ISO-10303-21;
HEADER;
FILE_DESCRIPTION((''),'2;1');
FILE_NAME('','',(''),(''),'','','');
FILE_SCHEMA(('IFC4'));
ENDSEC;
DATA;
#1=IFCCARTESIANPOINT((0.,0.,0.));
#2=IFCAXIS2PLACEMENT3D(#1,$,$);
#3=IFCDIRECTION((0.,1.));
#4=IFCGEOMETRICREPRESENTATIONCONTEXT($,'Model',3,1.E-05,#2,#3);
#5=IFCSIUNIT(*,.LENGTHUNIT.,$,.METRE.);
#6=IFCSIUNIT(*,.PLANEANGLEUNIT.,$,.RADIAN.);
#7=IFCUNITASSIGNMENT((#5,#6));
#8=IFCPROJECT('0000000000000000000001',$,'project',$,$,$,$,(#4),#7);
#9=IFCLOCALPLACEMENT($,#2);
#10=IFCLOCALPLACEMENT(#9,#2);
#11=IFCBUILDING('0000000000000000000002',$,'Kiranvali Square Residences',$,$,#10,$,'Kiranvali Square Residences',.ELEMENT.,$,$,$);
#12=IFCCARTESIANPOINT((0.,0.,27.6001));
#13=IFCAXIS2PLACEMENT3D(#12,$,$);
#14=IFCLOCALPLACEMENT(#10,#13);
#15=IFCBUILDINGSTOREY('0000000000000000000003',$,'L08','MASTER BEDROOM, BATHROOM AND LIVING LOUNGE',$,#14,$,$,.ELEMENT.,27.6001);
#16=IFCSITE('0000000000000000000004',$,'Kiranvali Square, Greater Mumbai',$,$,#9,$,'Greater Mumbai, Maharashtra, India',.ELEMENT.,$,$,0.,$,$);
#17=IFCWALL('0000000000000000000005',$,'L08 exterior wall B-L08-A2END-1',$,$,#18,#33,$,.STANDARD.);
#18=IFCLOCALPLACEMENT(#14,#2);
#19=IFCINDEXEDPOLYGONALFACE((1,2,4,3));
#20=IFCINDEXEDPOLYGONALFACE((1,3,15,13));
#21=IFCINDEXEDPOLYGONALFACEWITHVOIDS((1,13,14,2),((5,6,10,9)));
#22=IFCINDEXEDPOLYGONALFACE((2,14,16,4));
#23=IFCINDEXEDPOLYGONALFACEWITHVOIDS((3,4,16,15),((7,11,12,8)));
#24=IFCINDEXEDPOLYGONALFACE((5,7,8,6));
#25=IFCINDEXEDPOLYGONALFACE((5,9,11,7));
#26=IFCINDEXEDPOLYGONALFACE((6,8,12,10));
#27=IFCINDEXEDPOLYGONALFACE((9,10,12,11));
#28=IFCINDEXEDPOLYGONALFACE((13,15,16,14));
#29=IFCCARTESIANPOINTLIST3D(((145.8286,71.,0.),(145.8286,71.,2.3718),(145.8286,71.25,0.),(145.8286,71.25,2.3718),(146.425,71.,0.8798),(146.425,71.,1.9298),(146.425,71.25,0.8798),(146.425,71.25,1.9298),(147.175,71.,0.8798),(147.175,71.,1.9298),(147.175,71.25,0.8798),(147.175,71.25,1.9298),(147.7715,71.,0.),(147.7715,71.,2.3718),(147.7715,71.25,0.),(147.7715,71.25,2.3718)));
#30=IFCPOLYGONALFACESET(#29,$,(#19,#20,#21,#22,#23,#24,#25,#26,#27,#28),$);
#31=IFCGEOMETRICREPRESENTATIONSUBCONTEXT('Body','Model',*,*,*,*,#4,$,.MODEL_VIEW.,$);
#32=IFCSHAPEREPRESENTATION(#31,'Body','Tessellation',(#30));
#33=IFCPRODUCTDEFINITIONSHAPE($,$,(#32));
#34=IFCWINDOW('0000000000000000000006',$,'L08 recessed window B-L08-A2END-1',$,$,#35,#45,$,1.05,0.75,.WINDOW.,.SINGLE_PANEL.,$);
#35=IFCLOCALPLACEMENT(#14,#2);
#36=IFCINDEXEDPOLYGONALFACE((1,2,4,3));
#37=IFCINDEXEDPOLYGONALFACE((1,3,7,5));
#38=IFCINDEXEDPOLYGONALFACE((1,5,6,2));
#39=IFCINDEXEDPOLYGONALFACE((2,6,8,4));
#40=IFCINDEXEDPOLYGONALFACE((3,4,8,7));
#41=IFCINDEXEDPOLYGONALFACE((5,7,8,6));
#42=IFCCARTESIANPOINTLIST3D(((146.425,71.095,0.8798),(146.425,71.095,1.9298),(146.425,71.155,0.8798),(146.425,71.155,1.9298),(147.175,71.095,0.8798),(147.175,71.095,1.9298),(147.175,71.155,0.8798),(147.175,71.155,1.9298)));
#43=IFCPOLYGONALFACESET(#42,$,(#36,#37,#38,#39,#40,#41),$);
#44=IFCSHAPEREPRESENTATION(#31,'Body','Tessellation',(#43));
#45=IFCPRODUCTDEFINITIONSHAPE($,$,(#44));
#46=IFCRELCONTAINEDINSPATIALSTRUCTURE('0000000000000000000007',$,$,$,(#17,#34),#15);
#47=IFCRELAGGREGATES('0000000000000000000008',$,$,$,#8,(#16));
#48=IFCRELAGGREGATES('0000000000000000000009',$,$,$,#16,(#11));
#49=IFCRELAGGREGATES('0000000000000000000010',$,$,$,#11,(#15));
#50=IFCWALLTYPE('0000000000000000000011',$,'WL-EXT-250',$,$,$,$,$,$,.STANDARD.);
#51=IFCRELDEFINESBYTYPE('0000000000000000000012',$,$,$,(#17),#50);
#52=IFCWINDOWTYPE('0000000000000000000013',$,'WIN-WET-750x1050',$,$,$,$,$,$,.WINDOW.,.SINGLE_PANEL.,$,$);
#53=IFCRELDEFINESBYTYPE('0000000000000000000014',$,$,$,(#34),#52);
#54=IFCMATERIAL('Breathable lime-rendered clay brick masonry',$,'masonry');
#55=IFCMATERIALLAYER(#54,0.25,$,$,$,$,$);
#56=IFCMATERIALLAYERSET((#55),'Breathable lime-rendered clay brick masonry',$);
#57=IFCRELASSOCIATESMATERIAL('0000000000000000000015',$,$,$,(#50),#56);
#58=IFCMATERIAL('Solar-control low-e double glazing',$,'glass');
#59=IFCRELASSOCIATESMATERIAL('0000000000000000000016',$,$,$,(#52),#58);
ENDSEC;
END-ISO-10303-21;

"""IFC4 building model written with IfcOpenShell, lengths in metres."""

from ifc_helpers import new_model, si_unit, direction, frame, frame_2d, origin, place, context, subcontext, project, spatial, rectangle, extrude, material, layer, layer_set, type_object, element, fill, save


model = new_model("IFC4")

# Units and contexts
model_context = context("Model", 3, precision=1e-05, world=origin(), true_north=direction((0.0, 1.0)))
body_context = subcontext(model_context, "Body", "Model", "MODEL_VIEW")
ifc_project = project(units=[si_unit("LENGTHUNIT", "METRE"), si_unit("PLANEANGLEUNIT", "RADIAN")], contexts=[model_context])

# Site, building, storey
site_placement = place(None, origin())
site = spatial("IfcSite", under=ifc_project, at=site_placement, Name="Kiranvali Square, Greater Mumbai", LongName="Greater Mumbai, Maharashtra, India", CompositionType="ELEMENT", RefElevation=0.0)
building_placement = place(site_placement, origin())
building = spatial("IfcBuilding", under=site, at=building_placement, Name="Kiranvali Square Residences", LongName="Kiranvali Square Residences", CompositionType="ELEMENT")
storey_placement = place(building_placement, frame((0.0, 0.0, 27.6001)))
storey = spatial("IfcBuildingStorey", under=building, at=storey_placement, Name="L08", Description="MASTER BEDROOM, BATHROOM AND LIVING LOUNGE", CompositionType="ELEMENT", Elevation=27.6001)

# Wall, opening, window
ifc_material_1 = material(Name="Breathable lime-rendered clay brick masonry", Category="masonry")
ifc_layer_1 = layer(ifc_material_1, 0.25)
ifc_layer_set_1 = layer_set([ifc_layer_1], Name="Breathable lime-rendered clay brick masonry")
wall_type_1 = type_object("IfcWallType", Name="WL-EXT-250", PredefinedType="STANDARD", material=ifc_layer_set_1)
wall_1_placement = place(storey_placement, frame((145.8286, 71.125, 0.0), z_axis=(0.0, 0.0, 1.0), x_axis=(1.0, 0.0, 0.0)))
wall_1 = element("IfcWall", 1, at=wall_1_placement, inside=storey, type_object=wall_type_1, Name="L08 exterior wall B-L08-A2END-1", PredefinedType="STANDARD", context=body_context, shape_type="SweptSolid", body=[
    extrude(rectangle(XDim=1.9429, YDim=0.25, at=frame_2d((0.9714, 0.0))), origin(), (0.0, 0.0, 1.0), 2.3718),
])
opening_1_placement = place(wall_1_placement, frame((0.5964, 0.0, 0.8799)))
opening_1 = element("IfcOpeningElement", 2, at=opening_1_placement, cuts=wall_1, PredefinedType="OPENING", context=body_context, shape_type="SweptSolid", body=[
    extrude(rectangle(XDim=0.75, YDim=1.05, at=frame_2d((0.375, 0.5249))), frame((0.0, 0.135, 0.0), z_axis=(0.0, -1.0, 0.0), x_axis=(1.0, 0.0, 0.0)), (0.0, 0.0, 1.0), 0.27),
])
ifc_material_2 = material(Name="Solar-control low-e double glazing", Category="glass")
window_type = type_object("IfcWindowType", Name="WIN-WET-750x1050", PartitioningType="SINGLE_PANEL", PredefinedType="WINDOW", material=ifc_material_2)
window_placement = place(opening_1_placement, origin())
window = element("IfcWindow", 3, at=window_placement, inside=storey, type_object=window_type, Name="L08 recessed window B-L08-A2END-1", OverallHeight=1.05, OverallWidth=0.75, PartitioningType="SINGLE_PANEL", PredefinedType="WINDOW", context=body_context, shape_type="SweptSolid", body=[
    extrude(rectangle(XDim=0.75, YDim=1.05, at=frame_2d((0.375, 0.5249))), frame((0.0, 0.03, 0.0), z_axis=(0.0, -1.0, 0.0), x_axis=(1.0, 0.0, 0.0)), (0.0, 0.0, 1.0), 0.0601),
])
fill(opening_1, window)

save(model, "model.ifc")
